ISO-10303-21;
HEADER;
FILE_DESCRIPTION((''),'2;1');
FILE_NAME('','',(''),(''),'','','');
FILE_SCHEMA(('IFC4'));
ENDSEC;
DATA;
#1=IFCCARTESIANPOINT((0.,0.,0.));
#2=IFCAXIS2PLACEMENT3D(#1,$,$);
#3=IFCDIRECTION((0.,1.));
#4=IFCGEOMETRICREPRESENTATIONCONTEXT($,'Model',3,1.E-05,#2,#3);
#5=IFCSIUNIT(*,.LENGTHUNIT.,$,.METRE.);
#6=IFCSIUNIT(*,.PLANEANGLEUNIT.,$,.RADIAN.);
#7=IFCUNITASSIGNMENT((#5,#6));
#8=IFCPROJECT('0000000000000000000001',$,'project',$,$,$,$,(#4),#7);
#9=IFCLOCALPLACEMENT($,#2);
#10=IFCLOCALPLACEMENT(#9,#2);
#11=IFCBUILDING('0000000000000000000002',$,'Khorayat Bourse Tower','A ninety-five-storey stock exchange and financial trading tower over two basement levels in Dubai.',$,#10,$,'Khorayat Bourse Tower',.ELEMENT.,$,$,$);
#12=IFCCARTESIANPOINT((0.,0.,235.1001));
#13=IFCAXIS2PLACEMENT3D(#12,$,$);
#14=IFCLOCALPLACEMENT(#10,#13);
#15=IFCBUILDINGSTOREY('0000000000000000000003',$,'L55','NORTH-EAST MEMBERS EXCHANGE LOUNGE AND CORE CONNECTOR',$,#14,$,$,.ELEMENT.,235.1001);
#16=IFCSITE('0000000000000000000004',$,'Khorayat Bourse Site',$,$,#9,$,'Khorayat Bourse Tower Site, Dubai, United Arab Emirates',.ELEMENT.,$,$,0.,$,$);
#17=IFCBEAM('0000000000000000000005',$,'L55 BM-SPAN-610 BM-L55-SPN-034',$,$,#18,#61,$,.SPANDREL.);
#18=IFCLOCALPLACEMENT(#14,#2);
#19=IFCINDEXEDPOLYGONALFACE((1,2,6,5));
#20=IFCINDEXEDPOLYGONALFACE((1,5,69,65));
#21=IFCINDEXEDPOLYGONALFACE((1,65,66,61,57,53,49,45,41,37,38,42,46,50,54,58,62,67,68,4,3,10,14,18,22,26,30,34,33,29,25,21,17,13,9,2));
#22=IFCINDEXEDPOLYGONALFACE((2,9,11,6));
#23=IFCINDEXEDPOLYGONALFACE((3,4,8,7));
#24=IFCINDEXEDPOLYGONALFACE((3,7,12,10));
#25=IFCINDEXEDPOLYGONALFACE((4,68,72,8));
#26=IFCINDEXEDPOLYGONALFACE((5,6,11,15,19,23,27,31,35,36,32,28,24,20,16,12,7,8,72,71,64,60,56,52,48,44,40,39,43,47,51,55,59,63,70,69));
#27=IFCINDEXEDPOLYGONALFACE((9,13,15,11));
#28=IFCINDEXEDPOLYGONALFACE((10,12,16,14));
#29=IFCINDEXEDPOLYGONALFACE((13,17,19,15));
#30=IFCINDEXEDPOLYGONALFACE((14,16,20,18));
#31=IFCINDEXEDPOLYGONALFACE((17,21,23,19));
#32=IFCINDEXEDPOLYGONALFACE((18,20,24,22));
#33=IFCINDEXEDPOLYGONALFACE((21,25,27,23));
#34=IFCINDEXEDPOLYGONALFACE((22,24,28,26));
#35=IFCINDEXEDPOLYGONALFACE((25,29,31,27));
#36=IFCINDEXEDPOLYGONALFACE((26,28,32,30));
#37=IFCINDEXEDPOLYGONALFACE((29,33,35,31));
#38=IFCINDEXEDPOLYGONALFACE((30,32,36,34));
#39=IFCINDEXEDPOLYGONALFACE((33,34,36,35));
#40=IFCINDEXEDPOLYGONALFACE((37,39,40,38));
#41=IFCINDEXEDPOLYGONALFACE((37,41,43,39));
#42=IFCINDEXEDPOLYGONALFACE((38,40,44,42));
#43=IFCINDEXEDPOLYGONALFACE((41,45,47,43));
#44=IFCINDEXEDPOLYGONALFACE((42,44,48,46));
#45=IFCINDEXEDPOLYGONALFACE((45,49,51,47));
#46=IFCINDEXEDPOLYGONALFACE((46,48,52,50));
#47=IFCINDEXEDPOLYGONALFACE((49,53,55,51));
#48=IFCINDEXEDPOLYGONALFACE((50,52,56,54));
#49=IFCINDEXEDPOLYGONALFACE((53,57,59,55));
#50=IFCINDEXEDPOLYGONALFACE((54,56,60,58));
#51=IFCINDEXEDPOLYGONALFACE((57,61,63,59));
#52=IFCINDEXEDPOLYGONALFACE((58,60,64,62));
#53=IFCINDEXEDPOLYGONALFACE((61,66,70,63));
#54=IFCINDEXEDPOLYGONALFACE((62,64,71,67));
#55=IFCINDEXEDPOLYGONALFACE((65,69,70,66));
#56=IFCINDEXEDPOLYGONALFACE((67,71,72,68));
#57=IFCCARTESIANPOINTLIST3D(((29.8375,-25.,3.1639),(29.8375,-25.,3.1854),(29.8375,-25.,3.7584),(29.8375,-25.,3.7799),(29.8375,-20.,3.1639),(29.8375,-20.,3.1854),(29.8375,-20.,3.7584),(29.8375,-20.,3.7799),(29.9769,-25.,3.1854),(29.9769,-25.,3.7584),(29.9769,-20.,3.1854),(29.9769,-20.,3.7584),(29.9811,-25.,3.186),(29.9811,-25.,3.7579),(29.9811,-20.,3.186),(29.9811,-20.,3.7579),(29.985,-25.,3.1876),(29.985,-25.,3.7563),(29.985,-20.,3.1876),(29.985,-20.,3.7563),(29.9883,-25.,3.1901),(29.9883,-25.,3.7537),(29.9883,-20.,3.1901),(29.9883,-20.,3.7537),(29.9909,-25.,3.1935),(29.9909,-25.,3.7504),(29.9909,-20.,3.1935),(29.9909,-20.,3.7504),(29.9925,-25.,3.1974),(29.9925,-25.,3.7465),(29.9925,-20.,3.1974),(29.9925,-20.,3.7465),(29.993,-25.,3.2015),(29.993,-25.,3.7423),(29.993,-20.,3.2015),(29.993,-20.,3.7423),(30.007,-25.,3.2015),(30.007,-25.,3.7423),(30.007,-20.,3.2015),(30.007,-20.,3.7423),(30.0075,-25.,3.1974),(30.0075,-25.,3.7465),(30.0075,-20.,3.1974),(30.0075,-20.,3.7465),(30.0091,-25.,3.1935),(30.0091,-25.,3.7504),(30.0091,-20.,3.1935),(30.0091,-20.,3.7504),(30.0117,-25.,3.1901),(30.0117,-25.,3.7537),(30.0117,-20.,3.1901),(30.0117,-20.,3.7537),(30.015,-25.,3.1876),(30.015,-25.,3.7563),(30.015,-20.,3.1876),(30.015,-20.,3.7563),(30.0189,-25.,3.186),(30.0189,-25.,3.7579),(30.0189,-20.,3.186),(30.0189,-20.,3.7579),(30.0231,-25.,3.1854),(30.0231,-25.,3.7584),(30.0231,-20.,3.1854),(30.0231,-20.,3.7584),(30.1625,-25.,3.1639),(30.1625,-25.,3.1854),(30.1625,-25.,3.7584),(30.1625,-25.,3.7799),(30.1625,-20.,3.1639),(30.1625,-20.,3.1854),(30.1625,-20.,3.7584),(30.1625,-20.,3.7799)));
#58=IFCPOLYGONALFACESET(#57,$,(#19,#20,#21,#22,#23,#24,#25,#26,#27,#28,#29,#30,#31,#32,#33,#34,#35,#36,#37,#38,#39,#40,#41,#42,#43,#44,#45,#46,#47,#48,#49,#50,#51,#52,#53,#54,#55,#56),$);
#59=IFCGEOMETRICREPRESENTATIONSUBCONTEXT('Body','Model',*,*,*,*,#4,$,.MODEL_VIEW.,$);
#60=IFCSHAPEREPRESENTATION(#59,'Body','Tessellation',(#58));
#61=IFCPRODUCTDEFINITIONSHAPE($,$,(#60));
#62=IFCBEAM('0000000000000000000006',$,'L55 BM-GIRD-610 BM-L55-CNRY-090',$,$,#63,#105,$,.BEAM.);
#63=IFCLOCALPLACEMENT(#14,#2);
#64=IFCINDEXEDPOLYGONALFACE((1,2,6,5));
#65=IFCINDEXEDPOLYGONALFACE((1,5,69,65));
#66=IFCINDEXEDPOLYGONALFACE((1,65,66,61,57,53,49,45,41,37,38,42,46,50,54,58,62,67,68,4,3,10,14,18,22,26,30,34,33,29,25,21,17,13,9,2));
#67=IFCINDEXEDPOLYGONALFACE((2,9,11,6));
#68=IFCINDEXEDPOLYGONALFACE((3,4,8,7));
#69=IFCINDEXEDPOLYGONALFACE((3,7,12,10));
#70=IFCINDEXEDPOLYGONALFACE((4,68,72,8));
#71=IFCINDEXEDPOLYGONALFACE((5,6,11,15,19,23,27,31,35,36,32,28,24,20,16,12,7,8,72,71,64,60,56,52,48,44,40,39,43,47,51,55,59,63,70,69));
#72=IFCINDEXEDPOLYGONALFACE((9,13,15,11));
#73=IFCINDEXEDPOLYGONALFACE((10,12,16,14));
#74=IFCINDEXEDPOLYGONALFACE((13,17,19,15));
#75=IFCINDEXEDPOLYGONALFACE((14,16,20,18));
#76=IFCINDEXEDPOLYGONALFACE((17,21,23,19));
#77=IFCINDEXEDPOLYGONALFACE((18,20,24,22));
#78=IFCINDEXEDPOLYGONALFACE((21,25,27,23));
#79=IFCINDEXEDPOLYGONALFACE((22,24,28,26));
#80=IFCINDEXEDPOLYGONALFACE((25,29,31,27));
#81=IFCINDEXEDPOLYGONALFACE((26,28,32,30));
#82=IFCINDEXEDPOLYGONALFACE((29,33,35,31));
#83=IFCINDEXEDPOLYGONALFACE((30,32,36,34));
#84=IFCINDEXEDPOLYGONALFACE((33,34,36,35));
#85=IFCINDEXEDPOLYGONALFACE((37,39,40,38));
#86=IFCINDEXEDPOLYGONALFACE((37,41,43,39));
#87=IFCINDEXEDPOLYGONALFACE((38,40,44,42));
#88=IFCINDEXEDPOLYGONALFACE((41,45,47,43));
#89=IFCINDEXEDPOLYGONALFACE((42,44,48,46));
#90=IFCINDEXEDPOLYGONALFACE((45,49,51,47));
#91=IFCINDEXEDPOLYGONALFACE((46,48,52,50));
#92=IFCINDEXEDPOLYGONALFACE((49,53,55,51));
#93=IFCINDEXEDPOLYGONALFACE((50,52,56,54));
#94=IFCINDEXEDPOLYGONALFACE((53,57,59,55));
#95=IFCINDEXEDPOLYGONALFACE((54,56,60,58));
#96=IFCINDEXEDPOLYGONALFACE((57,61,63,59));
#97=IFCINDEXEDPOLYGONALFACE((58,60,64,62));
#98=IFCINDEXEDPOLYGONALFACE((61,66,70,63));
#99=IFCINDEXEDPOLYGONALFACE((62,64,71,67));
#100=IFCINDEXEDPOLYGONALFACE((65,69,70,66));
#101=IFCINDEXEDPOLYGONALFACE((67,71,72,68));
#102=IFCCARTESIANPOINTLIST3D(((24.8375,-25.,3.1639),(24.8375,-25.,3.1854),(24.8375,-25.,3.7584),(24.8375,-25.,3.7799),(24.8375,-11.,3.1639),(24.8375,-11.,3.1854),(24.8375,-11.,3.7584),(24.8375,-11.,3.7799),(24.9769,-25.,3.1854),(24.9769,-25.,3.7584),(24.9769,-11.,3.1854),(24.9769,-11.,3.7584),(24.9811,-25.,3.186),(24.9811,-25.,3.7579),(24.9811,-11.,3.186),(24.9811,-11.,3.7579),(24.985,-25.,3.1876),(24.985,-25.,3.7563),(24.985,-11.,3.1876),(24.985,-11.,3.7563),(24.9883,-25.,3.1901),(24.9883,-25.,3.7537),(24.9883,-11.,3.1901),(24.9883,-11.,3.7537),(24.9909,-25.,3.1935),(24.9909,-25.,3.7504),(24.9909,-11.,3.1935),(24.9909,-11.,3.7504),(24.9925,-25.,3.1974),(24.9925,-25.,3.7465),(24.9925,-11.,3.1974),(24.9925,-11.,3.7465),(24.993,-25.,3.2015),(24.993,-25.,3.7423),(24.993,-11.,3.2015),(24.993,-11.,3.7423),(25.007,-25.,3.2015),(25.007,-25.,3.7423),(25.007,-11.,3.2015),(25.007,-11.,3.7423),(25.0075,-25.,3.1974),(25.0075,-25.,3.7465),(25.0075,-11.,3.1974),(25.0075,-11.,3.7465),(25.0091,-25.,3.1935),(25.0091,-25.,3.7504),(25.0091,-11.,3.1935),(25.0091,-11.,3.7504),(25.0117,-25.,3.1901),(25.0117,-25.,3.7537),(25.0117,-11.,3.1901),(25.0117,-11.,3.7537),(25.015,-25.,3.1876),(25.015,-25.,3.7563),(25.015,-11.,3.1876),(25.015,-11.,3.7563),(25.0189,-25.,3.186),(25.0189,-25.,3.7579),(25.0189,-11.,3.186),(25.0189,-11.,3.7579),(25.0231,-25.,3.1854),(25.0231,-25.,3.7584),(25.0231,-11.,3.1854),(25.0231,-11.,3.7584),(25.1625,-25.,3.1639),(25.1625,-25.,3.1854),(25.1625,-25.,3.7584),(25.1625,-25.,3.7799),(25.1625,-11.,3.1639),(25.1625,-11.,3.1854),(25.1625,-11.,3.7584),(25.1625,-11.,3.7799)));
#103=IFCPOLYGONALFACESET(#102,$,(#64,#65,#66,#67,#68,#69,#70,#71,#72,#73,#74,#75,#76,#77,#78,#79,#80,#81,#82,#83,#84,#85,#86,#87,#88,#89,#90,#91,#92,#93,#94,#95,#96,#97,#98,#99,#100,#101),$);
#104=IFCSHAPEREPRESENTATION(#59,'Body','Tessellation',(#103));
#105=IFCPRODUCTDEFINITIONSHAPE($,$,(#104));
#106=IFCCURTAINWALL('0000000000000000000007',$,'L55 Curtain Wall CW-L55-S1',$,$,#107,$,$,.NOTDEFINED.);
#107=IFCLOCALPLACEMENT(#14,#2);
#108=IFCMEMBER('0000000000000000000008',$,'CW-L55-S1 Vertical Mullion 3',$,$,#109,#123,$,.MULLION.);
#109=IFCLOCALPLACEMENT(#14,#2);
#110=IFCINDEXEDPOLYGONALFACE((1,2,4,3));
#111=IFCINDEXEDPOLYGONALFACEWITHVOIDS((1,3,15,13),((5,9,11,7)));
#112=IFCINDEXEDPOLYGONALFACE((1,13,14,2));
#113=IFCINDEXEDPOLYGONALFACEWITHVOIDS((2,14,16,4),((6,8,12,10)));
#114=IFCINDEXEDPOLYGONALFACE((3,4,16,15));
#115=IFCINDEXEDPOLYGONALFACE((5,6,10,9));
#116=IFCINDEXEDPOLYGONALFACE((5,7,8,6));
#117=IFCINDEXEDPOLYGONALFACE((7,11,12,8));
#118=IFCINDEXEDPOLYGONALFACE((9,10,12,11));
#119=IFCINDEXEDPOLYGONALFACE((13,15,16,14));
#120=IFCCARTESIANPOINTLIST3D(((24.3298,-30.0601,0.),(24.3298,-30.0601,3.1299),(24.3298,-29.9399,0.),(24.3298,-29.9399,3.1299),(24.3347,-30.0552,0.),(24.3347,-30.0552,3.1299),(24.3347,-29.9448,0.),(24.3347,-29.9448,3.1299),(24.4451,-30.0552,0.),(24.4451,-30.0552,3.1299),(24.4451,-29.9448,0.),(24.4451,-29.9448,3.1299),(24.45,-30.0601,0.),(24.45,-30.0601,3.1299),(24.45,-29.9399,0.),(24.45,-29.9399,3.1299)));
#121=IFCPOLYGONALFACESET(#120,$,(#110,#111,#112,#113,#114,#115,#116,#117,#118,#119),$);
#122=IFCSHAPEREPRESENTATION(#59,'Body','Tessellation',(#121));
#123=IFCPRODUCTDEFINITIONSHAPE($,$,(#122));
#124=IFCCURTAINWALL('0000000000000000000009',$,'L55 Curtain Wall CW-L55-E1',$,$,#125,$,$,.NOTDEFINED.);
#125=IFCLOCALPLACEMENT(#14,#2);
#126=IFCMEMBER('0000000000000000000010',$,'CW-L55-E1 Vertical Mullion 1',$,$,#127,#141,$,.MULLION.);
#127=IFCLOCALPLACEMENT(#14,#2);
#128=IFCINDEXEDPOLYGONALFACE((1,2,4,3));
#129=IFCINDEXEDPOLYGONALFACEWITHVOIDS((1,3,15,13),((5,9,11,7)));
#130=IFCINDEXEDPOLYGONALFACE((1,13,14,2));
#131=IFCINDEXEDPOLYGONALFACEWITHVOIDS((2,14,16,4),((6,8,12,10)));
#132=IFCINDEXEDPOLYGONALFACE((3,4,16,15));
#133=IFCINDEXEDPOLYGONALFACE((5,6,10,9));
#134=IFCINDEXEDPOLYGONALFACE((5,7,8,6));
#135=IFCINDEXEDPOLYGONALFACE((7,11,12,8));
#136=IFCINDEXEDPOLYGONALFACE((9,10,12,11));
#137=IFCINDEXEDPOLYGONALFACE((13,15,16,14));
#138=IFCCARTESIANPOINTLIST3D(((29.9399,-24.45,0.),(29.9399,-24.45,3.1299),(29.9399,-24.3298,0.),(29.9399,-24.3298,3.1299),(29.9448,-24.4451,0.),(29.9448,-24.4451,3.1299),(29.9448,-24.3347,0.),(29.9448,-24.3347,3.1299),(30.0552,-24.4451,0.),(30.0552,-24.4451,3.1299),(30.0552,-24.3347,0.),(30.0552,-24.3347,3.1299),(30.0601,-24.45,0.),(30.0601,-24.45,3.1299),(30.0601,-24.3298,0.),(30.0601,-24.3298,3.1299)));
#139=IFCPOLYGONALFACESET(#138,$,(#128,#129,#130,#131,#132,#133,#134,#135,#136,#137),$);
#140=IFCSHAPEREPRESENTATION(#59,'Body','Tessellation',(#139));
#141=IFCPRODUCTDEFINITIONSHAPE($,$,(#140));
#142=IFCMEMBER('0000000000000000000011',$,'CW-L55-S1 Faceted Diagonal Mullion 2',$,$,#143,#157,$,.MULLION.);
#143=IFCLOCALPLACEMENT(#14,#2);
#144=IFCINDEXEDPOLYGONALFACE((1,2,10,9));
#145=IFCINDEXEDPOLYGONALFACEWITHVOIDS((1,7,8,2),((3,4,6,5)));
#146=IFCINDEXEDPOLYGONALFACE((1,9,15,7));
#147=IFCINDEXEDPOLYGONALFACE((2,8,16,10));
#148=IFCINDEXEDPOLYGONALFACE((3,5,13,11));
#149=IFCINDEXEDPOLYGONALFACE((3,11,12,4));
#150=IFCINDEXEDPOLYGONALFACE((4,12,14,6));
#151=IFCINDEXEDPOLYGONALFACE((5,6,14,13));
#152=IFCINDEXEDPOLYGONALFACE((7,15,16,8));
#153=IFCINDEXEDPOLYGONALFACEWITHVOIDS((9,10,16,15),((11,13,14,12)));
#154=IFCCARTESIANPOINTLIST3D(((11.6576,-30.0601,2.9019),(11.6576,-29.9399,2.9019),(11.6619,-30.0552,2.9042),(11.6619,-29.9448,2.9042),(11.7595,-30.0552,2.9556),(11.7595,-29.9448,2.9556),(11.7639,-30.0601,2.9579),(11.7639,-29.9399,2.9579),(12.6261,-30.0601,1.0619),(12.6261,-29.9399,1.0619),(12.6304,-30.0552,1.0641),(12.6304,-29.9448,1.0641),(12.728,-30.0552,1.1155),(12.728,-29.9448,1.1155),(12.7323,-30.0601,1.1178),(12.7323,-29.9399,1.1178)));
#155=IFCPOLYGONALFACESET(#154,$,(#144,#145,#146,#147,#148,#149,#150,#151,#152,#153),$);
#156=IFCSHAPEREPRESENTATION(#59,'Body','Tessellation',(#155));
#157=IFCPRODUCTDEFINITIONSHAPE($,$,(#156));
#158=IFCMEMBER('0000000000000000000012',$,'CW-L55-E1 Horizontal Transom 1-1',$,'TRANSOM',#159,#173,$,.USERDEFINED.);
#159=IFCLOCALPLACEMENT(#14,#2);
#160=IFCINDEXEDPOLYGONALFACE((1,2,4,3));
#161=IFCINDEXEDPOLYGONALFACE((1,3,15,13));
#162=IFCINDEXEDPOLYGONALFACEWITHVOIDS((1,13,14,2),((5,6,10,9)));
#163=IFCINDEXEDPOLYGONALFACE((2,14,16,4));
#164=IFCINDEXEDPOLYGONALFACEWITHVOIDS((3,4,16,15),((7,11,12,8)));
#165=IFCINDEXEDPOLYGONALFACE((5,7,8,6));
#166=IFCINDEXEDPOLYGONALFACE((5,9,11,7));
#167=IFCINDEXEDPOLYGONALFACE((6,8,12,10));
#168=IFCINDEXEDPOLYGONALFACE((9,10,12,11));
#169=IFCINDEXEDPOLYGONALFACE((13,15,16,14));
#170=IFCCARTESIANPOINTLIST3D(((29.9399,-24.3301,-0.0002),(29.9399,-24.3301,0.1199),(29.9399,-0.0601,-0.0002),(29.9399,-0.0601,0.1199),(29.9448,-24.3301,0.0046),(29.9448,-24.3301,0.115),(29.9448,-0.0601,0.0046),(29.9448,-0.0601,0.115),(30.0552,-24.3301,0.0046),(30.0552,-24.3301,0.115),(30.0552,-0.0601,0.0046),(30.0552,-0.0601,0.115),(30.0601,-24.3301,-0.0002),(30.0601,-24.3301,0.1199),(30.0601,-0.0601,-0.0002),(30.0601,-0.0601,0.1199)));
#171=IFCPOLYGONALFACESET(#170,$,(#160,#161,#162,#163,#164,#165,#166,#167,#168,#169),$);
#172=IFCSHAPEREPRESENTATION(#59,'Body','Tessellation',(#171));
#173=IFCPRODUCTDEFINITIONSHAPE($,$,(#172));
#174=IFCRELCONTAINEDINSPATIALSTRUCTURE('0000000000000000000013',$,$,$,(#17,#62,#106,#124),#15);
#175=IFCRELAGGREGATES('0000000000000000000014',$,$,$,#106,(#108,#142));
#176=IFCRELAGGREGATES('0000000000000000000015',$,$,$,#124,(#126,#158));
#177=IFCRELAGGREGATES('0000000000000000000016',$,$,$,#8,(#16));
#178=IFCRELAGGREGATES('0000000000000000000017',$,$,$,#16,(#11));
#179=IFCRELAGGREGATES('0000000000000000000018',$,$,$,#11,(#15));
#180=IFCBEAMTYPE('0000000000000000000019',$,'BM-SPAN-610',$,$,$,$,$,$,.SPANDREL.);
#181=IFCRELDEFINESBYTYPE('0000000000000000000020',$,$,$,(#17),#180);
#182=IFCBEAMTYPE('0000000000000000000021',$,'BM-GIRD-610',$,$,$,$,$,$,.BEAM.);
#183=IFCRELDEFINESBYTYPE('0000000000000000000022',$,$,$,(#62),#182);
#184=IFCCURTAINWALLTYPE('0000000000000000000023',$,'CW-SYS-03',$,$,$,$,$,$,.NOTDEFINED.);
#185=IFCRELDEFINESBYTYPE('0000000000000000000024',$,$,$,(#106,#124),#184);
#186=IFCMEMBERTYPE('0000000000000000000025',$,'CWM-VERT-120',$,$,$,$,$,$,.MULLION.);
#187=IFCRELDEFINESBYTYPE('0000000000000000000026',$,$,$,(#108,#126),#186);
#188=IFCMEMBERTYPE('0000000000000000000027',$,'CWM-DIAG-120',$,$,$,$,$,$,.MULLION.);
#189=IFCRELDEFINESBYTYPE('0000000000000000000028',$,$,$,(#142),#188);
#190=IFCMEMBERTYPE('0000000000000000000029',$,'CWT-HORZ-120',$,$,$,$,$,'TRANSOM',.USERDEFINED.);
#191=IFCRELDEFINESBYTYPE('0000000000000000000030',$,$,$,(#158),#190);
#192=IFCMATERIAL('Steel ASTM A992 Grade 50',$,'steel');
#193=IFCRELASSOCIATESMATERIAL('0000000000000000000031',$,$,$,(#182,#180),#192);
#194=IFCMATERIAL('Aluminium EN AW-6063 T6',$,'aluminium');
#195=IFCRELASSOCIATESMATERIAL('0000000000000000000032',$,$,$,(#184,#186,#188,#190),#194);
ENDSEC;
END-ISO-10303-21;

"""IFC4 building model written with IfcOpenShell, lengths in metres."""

from ifc_helpers import new_model, si_unit, direction, frame, origin, origin_2d, place, context, subcontext, project, spatial, hollow_rectangle, i_section, extrude, source, transform, mapped, material, material_profile, profile_set, type_object, element, aggregate, save


model = new_model("IFC4")

# Units and contexts
model_context = context("Model", 3, precision=1e-05, world=origin(), true_north=direction((0.0, 1.0)))
body_context = subcontext(model_context, "Body", "Model", "MODEL_VIEW")
ifc_project = project(units=[si_unit("LENGTHUNIT", "METRE"), si_unit("PLANEANGLEUNIT", "RADIAN")], contexts=[model_context])

# Site, building, storey
site_placement = place(None, origin())
site = spatial("IfcSite", under=ifc_project, at=site_placement, Name="Khorayat Bourse Site", LongName="Khorayat Bourse Tower Site, Dubai, United Arab Emirates", CompositionType="ELEMENT", RefElevation=0.0)
building_placement = place(site_placement, origin())
building = spatial("IfcBuilding", under=site, at=building_placement, Name="Khorayat Bourse Tower", Description="A ninety-five-storey stock exchange and financial trading tower over two basement levels in Dubai.", LongName="Khorayat Bourse Tower", CompositionType="ELEMENT")
storey_placement = place(building_placement, frame((0.0, 0.0, 235.1001)))
storey = spatial("IfcBuildingStorey", under=building, at=storey_placement, Name="L55", Description="NORTH-EAST MEMBERS EXCHANGE LOUNGE AND CORE CONNECTOR", CompositionType="ELEMENT", Elevation=235.1001)

# Beams
ifc_material_1 = material(Name="Steel ASTM A992 Grade 50", Category="steel")
ifc_material_profile_1 = material_profile(ifc_material_1, i_section(OverallWidth=0.325, OverallDepth=0.616, WebThickness=0.0139, FlangeThickness=0.0215, FilletRadius=0.0161, at=origin_2d()), Name="W610X174")
ifc_profile_set_1 = profile_set([ifc_material_profile_1], Name="Steel ASTM A992 Grade 50")
beam_type_1 = type_object("IfcBeamType", Name="BM-GIRD-610", PredefinedType="BEAM", material=ifc_profile_set_1)
ifc_material_profile_2 = material_profile(ifc_material_1, i_section(OverallWidth=0.325, OverallDepth=0.616, WebThickness=0.0139, FlangeThickness=0.0215, FilletRadius=0.0161, at=origin_2d()), Name="W610X174")
ifc_profile_set_2 = profile_set([ifc_material_profile_2], Name="Steel ASTM A992 Grade 50")
beam_type_2 = type_object("IfcBeamType", Name="BM-SPAN-610", PredefinedType="SPANDREL", material=ifc_profile_set_2)
shared_shape_1 = source(origin(), body_context, "Body", "SweptSolid", [
    extrude(i_section(OverallWidth=0.325, OverallDepth=0.616, WebThickness=0.0139, FlangeThickness=0.0215, FilletRadius=0.0161, at=origin_2d()), origin(), (0.0, 0.0, 1.0), 5.0),
])
for number, where, z_axis, x_axis, name in (
    (1, (30.0, -25.0, 3.4719), (0.0, 1.0, 0.0), (-1.0, 0.0, 0.0), "L55 BM-SPAN-610 BM-L55-SPN-034"),
):
    element("IfcBeam", number, at=place(storey_placement, frame(where, z_axis=z_axis, x_axis=x_axis)), inside=storey, type_object=beam_type_2, Name=name, PredefinedType="SPANDREL", context=body_context, shape_type="MappedRepresentation", body=[
        mapped(shared_shape_1, transform((0.0, 0.0, 0.0), scale=1.0)),
    ])
shared_shape_2 = source(origin(), body_context, "Body", "SweptSolid", [
    extrude(i_section(OverallWidth=0.325, OverallDepth=0.616, WebThickness=0.0139, FlangeThickness=0.0215, FilletRadius=0.0161, at=origin_2d()), origin(), (0.0, 0.0, 1.0), 14.0),
])
beam_1_placement = place(storey_placement, frame((25.0, -25.0, 3.4719), z_axis=(0.0, 1.0, 0.0), x_axis=(-1.0, 0.0, 0.0)))
element("IfcBeam", 2, at=beam_1_placement, inside=storey, type_object=beam_type_1, Name="L55 BM-GIRD-610 BM-L55-CNRY-090", PredefinedType="BEAM", context=body_context, shape_type="MappedRepresentation", body=[
    mapped(shared_shape_2, transform((0.0, 0.0, 0.0), scale=1.0)),
])

# Curtain walls, members
ifc_material_2 = material(Name="Aluminium EN AW-6063 T6", Category="aluminium")
curtain_wall_type = type_object("IfcCurtainWallType", Name="CW-SYS-03", PredefinedType="NOTDEFINED", material=ifc_material_2)
curtain_wall_1_placement = place(storey_placement, origin())
curtain_wall_1 = element("IfcCurtainWall", 3, at=curtain_wall_1_placement, inside=storey, type_object=curtain_wall_type, Name="L55 Curtain Wall CW-L55-S1", PredefinedType="NOTDEFINED")
ifc_material_profile_3 = material_profile(ifc_material_2, hollow_rectangle(XDim=0.1201, YDim=0.1201, WallThickness=0.0049, at=origin_2d()), Name="ALU 120x120x5")
ifc_profile_set_3 = profile_set([ifc_material_profile_3], Name="Aluminium EN AW-6063 T6")
member_type_1 = type_object("IfcMemberType", Name="CWM-VERT-120", PredefinedType="MULLION", material=ifc_profile_set_3)
shared_shape_3 = source(origin(), body_context, "Body", "SweptSolid", [
    extrude(hollow_rectangle(XDim=0.1201, YDim=0.1201, WallThickness=0.0049, at=origin_2d()), origin(), (0.0, 0.0, 1.0), 3.1299),
])
member_1_placement = place(storey_placement, frame((24.3899, -30.0, 0.0), z_axis=(0.0, 0.0, 1.0), x_axis=(0.0, 1.0, 0.0)))
member_1 = element("IfcMember", 4, at=member_1_placement, type_object=member_type_1, Name="CW-L55-S1 Vertical Mullion 3", PredefinedType="MULLION", context=body_context, shape_type="MappedRepresentation", body=[
    mapped(shared_shape_3, transform((0.0, 0.0, 0.0), scale=1.0)),
])
curtain_wall_2_placement = place(storey_placement, origin())
curtain_wall_2 = element("IfcCurtainWall", 5, at=curtain_wall_2_placement, inside=storey, type_object=curtain_wall_type, Name="L55 Curtain Wall CW-L55-E1", PredefinedType="NOTDEFINED")
member_2_placement = place(storey_placement, frame((30.0, -24.3899, 0.0), z_axis=(0.0, 0.0, 1.0), x_axis=(-1.0, 0.0, 0.0)))
member_2 = element("IfcMember", 6, at=member_2_placement, type_object=member_type_1, Name="CW-L55-E1 Vertical Mullion 1", PredefinedType="MULLION", context=body_context, shape_type="MappedRepresentation", body=[
    mapped(shared_shape_3, transform((0.0, 0.0, 0.0), scale=1.0)),
])

# Members
ifc_material_profile_4 = material_profile(ifc_material_2, hollow_rectangle(XDim=0.1201, YDim=0.1201, WallThickness=0.0049, at=origin_2d()), Name="ALU 120x120x5")
ifc_profile_set_4 = profile_set([ifc_material_profile_4], Name="Aluminium EN AW-6063 T6")
member_type_2 = type_object("IfcMemberType", Name="CWM-DIAG-120", PredefinedType="MULLION", material=ifc_profile_set_4)
shared_shape_4 = source(origin(), body_context, "Body", "SweptSolid", [
    extrude(hollow_rectangle(XDim=0.1201, YDim=0.1201, WallThickness=0.0049, at=origin_2d()), origin(), (0.0, 0.0, 1.0), 2.0793),
])
member_3_placement = place(storey_placement, frame((12.6792, -30.0, 1.0898), z_axis=(-0.465761, 0.0, 0.884911), x_axis=(0.0, -1.0, 0.0)))
member_3 = element("IfcMember", 7, at=member_3_placement, type_object=member_type_2, Name="CW-L55-S1 Faceted Diagonal Mullion 2", PredefinedType="MULLION", context=body_context, shape_type="MappedRepresentation", body=[
    mapped(shared_shape_4, transform((0.0, 0.0, 0.0), scale=1.0)),
])
aggregate(curtain_wall_1, [member_1, member_3])
ifc_material_profile_5 = material_profile(ifc_material_2, hollow_rectangle(XDim=0.1201, YDim=0.1201, WallThickness=0.0049, at=origin_2d()), Name="ALU 120x120x5")
ifc_profile_set_5 = profile_set([ifc_material_profile_5], Name="Aluminium EN AW-6063 T6")
member_type_3 = type_object("IfcMemberType", Name="CWT-HORZ-120", ElementType="TRANSOM", PredefinedType="USERDEFINED", material=ifc_profile_set_5)
shared_shape_5 = source(origin(), body_context, "Body", "SweptSolid", [
    extrude(hollow_rectangle(XDim=0.1201, YDim=0.1201, WallThickness=0.0049, at=origin_2d()), origin(), (0.0, 0.0, 1.0), 24.27),
])
member_4_placement = place(storey_placement, frame((30.0, -24.3301, 0.0598), z_axis=(0.0, 1.0, 0.0), x_axis=(-1.0, 0.0, 0.0)))
member_4 = element("IfcMember", 8, at=member_4_placement, type_object=member_type_3, Name="CW-L55-E1 Horizontal Transom 1-1", ObjectType="TRANSOM", PredefinedType="USERDEFINED", context=body_context, shape_type="MappedRepresentation", body=[
    mapped(shared_shape_5, transform((0.0, 0.0, 0.0), scale=1.0)),
])
aggregate(curtain_wall_2, [member_2, member_4])

save(model, "model.ifc")
